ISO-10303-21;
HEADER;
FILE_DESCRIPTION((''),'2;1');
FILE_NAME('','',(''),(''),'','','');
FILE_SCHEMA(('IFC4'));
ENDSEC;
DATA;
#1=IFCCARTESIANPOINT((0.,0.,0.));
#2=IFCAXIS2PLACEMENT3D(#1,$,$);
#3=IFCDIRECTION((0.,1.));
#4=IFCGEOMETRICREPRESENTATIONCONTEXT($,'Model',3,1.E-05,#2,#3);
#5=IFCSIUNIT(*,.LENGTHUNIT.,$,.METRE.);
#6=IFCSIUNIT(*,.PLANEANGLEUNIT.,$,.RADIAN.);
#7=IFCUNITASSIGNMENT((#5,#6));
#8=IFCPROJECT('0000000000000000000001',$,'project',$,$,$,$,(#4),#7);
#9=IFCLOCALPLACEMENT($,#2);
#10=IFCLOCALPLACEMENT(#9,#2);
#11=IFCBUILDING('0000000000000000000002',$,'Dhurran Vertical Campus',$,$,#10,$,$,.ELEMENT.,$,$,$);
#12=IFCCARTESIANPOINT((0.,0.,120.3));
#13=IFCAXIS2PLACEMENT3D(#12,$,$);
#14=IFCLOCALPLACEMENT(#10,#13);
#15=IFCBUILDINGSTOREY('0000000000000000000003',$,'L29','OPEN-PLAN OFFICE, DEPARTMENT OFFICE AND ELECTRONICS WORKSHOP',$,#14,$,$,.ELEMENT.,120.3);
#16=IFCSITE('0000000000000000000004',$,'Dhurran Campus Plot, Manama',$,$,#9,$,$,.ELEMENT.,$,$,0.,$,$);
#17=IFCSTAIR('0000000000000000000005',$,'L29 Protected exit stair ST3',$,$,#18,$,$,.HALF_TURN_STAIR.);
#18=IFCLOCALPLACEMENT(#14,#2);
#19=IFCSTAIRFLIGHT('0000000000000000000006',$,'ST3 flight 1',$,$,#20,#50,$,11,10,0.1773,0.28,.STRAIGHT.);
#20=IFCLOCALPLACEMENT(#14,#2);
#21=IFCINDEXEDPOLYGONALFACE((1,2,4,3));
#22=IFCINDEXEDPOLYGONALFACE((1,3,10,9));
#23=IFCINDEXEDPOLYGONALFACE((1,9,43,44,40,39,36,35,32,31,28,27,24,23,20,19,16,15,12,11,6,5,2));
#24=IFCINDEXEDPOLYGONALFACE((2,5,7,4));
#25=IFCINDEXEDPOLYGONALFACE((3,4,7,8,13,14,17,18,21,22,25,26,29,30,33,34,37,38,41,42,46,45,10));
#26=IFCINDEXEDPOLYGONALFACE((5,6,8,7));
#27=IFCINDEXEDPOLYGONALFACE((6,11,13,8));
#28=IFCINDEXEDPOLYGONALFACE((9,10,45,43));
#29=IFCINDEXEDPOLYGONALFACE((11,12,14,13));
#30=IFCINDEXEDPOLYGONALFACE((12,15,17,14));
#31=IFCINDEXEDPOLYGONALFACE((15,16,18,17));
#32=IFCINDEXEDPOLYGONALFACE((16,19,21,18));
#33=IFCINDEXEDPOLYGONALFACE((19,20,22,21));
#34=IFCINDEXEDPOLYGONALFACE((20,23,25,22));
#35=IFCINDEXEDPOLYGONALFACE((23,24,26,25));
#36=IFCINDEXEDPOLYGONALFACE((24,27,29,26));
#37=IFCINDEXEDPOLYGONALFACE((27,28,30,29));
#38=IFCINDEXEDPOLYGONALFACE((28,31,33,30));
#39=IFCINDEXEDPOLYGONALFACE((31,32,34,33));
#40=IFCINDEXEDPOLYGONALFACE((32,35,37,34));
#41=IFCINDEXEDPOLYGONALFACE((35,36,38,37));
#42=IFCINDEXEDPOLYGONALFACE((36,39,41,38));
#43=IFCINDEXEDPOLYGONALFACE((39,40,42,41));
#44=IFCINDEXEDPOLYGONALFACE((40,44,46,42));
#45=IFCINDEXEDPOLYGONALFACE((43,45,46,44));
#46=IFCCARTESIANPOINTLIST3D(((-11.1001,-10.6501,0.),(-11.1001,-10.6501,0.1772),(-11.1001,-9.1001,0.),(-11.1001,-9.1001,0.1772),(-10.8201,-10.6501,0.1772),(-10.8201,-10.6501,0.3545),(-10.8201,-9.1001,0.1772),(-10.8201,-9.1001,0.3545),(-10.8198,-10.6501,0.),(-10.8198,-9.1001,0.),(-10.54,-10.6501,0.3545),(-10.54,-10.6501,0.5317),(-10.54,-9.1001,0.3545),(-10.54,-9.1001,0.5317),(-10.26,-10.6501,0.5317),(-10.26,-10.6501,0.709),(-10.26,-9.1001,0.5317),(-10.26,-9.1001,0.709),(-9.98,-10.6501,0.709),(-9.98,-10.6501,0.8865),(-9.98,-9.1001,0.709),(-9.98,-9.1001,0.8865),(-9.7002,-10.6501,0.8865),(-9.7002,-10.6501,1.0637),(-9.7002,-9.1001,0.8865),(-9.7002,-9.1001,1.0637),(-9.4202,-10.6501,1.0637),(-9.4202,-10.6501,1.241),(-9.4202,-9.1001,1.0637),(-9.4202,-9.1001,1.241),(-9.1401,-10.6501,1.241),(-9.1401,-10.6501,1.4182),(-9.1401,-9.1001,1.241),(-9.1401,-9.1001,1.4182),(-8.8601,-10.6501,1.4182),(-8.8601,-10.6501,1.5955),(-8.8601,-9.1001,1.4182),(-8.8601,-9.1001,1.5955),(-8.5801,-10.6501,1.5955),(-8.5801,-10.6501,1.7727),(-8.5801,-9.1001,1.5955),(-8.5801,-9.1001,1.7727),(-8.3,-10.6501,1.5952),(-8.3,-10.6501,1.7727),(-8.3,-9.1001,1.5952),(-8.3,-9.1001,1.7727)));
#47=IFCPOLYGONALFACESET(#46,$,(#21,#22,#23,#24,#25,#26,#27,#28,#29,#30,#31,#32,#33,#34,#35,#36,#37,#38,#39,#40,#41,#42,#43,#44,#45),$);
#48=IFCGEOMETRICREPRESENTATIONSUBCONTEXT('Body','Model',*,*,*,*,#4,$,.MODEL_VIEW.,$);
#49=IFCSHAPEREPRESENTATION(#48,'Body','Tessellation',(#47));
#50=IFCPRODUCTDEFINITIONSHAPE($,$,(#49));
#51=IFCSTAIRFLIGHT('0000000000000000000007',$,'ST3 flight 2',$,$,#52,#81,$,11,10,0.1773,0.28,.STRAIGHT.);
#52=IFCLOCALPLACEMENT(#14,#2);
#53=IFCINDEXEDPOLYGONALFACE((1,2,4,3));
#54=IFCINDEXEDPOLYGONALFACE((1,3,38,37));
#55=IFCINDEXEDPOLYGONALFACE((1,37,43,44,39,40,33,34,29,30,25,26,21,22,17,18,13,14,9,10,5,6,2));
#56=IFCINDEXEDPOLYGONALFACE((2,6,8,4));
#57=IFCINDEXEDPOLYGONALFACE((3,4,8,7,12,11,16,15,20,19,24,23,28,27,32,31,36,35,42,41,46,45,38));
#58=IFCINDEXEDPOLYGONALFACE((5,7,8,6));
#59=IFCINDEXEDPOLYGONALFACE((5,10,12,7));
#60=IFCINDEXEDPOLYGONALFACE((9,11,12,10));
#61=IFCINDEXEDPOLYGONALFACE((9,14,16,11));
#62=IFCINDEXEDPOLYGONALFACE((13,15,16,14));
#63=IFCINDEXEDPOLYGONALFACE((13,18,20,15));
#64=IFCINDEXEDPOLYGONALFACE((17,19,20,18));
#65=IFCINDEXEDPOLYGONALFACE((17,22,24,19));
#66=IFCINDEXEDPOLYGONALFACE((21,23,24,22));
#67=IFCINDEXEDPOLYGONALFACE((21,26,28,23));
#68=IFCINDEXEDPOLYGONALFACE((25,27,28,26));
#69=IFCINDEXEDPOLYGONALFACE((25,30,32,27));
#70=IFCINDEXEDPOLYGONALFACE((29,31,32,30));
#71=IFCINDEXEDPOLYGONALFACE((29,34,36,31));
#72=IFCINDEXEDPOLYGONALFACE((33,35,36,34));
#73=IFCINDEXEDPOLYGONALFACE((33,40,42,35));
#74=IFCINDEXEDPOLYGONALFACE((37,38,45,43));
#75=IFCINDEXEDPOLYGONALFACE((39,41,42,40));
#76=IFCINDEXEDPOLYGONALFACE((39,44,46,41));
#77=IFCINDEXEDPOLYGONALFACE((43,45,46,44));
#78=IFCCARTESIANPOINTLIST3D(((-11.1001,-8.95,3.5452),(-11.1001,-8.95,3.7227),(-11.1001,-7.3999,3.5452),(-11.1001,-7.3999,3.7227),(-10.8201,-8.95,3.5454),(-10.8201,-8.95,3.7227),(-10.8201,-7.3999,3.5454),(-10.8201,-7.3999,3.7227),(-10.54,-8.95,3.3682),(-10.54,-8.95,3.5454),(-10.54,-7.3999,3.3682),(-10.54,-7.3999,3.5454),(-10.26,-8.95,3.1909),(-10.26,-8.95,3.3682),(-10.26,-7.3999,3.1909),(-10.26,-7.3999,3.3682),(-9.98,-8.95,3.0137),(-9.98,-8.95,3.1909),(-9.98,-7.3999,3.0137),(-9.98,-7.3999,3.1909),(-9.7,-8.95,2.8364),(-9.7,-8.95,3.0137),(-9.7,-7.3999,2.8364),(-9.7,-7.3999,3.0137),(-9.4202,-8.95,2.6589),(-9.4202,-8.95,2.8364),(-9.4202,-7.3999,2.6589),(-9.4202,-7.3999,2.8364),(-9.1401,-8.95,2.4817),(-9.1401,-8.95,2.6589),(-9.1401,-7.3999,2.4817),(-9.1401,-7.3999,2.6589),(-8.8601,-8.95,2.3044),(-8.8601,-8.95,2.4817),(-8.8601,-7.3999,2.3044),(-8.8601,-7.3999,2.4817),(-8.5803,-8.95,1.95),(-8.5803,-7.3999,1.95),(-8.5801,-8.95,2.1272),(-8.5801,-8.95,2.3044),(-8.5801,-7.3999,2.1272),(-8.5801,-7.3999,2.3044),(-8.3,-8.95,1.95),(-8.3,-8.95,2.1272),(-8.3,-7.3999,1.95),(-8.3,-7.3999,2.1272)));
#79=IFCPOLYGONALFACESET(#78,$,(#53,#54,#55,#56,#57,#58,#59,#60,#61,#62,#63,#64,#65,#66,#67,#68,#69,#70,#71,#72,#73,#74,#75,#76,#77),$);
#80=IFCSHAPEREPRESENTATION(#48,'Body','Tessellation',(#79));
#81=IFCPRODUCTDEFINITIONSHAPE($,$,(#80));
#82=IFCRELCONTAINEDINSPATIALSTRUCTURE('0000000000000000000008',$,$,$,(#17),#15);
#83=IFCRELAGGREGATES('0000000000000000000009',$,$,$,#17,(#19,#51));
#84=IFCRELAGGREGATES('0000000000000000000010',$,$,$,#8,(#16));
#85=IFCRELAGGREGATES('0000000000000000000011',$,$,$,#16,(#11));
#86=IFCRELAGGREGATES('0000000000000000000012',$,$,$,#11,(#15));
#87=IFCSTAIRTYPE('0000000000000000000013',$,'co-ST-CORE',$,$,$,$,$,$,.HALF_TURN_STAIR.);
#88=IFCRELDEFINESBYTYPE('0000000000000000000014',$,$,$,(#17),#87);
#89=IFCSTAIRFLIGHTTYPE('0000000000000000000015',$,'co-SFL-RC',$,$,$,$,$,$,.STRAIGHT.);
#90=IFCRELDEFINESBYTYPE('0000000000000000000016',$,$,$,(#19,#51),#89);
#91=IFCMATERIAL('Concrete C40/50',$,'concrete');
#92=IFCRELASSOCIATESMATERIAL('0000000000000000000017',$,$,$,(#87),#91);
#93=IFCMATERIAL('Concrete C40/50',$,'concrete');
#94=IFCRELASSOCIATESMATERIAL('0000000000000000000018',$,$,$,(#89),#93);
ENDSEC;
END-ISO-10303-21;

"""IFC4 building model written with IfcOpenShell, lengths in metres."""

from ifc_helpers import new_model, si_unit, direction, frame, origin, place, context, subcontext, project, spatial, polyline, outline, extrude, material, type_object, element, aggregate, save


model = new_model("IFC4")

# Units and contexts
model_context = context("Model", 3, precision=1e-05, world=origin(), true_north=direction((0.0, 1.0)))
body_context = subcontext(model_context, "Body", "Model", "MODEL_VIEW")
ifc_project = project(units=[si_unit("LENGTHUNIT", "METRE"), si_unit("PLANEANGLEUNIT", "RADIAN")], contexts=[model_context])

# Site, building, storey
site_placement = place(None, origin())
site = spatial("IfcSite", under=ifc_project, at=site_placement, Name="Dhurran Campus Plot, Manama", CompositionType="ELEMENT", RefElevation=0.0)
building_placement = place(site_placement, origin())
building = spatial("IfcBuilding", under=site, at=building_placement, Name="Dhurran Vertical Campus", CompositionType="ELEMENT")
storey_placement = place(building_placement, frame((0.0, 0.0, 120.3)))
storey = spatial("IfcBuildingStorey", under=building, at=storey_placement, Name="L29", Description="OPEN-PLAN OFFICE, DEPARTMENT OFFICE AND ELECTRONICS WORKSHOP", CompositionType="ELEMENT", Elevation=120.3)

# Stair, stair flights
ifc_material_1 = material(Name="Concrete C40/50", Category="concrete")
stair_type = type_object("IfcStairType", Name="co-ST-CORE", PredefinedType="HALF_TURN_STAIR", material=ifc_material_1)
stair_placement = place(storey_placement, origin())
stair = element("IfcStair", 1, at=stair_placement, inside=storey, type_object=stair_type, Name="L29 Protected exit stair ST3", PredefinedType="HALF_TURN_STAIR")
ifc_material_2 = material(Name="Concrete C40/50", Category="concrete")
stair_flight_type = type_object("IfcStairFlightType", Name="co-SFL-RC", PredefinedType="STRAIGHT", material=ifc_material_2)
stair_flight_1_placement = place(storey_placement, frame((-11.1001, -9.875, 0.0), z_axis=(0.0, 0.0, 1.0), x_axis=(1.0, 0.0, 0.0)))
stair_flight_1 = element("IfcStairFlight", 2, at=stair_flight_1_placement, type_object=stair_flight_type, Name="ST3 flight 1", NumberOfRisers=11, NumberOfTreads=10, PredefinedType="STRAIGHT", RiserHeight=0.1773, TreadLength=0.28, context=body_context, shape_type="SweptSolid", body=[
    extrude(outline(polyline([(0.0, 0.0), (0.0, 0.1772), (0.28, 0.1772), (0.28, 0.3545), (0.5601, 0.3545), (0.5601, 0.5317), (0.8401, 0.5317), (0.8401, 0.709), (1.1201, 0.709), (1.1201, 0.8865), (1.3999, 0.8865), (1.3999, 1.0637), (1.6799, 1.0637), (1.6799, 1.241), (1.96, 1.241), (1.96, 1.4182), (2.24, 1.4182), (2.24, 1.5955), (2.52, 1.5955), (2.52, 1.7727), (2.8, 1.7727), (2.8, 1.95), (2.8, 1.5952), (0.2803, 0.0), (0.0, 0.0)])), frame((0.0, 0.7749, 0.0), z_axis=(0.0, -1.0, 0.0), x_axis=(1.0, 0.0, 0.0)), (0.0, 0.0, 1.0), 1.55),
])
stair_flight_2_placement = place(storey_placement, frame((-8.3, -8.175, 1.95), z_axis=(0.0, 0.0, 1.0), x_axis=(-1.0, 0.0, 0.0)))
stair_flight_2 = element("IfcStairFlight", 3, at=stair_flight_2_placement, type_object=stair_flight_type, Name="ST3 flight 2", NumberOfRisers=11, NumberOfTreads=10, PredefinedType="STRAIGHT", RiserHeight=0.1773, TreadLength=0.28, context=body_context, shape_type="SweptSolid", body=[
    extrude(outline(polyline([(0.0, 0.0), (0.0, 0.1772), (0.28, 0.1772), (0.28, 0.3545), (0.5601, 0.3545), (0.5601, 0.5317), (0.8401, 0.5317), (0.8401, 0.709), (1.1201, 0.709), (1.1201, 0.8865), (1.3999, 0.8865), (1.3999, 1.0637), (1.6799, 1.0637), (1.6799, 1.241), (1.96, 1.241), (1.96, 1.4182), (2.24, 1.4182), (2.24, 1.5955), (2.52, 1.5955), (2.52, 1.7727), (2.8, 1.7727), (2.8, 1.95), (2.8, 1.5952), (0.2803, 0.0), (0.0, 0.0)])), frame((0.0, 0.7749, 0.0), z_axis=(0.0, -1.0, 0.0), x_axis=(1.0, 0.0, 0.0)), (0.0, 0.0, 1.0), 1.55),
])
aggregate(stair, [stair_flight_1, stair_flight_2])

save(model, "model.ifc")
